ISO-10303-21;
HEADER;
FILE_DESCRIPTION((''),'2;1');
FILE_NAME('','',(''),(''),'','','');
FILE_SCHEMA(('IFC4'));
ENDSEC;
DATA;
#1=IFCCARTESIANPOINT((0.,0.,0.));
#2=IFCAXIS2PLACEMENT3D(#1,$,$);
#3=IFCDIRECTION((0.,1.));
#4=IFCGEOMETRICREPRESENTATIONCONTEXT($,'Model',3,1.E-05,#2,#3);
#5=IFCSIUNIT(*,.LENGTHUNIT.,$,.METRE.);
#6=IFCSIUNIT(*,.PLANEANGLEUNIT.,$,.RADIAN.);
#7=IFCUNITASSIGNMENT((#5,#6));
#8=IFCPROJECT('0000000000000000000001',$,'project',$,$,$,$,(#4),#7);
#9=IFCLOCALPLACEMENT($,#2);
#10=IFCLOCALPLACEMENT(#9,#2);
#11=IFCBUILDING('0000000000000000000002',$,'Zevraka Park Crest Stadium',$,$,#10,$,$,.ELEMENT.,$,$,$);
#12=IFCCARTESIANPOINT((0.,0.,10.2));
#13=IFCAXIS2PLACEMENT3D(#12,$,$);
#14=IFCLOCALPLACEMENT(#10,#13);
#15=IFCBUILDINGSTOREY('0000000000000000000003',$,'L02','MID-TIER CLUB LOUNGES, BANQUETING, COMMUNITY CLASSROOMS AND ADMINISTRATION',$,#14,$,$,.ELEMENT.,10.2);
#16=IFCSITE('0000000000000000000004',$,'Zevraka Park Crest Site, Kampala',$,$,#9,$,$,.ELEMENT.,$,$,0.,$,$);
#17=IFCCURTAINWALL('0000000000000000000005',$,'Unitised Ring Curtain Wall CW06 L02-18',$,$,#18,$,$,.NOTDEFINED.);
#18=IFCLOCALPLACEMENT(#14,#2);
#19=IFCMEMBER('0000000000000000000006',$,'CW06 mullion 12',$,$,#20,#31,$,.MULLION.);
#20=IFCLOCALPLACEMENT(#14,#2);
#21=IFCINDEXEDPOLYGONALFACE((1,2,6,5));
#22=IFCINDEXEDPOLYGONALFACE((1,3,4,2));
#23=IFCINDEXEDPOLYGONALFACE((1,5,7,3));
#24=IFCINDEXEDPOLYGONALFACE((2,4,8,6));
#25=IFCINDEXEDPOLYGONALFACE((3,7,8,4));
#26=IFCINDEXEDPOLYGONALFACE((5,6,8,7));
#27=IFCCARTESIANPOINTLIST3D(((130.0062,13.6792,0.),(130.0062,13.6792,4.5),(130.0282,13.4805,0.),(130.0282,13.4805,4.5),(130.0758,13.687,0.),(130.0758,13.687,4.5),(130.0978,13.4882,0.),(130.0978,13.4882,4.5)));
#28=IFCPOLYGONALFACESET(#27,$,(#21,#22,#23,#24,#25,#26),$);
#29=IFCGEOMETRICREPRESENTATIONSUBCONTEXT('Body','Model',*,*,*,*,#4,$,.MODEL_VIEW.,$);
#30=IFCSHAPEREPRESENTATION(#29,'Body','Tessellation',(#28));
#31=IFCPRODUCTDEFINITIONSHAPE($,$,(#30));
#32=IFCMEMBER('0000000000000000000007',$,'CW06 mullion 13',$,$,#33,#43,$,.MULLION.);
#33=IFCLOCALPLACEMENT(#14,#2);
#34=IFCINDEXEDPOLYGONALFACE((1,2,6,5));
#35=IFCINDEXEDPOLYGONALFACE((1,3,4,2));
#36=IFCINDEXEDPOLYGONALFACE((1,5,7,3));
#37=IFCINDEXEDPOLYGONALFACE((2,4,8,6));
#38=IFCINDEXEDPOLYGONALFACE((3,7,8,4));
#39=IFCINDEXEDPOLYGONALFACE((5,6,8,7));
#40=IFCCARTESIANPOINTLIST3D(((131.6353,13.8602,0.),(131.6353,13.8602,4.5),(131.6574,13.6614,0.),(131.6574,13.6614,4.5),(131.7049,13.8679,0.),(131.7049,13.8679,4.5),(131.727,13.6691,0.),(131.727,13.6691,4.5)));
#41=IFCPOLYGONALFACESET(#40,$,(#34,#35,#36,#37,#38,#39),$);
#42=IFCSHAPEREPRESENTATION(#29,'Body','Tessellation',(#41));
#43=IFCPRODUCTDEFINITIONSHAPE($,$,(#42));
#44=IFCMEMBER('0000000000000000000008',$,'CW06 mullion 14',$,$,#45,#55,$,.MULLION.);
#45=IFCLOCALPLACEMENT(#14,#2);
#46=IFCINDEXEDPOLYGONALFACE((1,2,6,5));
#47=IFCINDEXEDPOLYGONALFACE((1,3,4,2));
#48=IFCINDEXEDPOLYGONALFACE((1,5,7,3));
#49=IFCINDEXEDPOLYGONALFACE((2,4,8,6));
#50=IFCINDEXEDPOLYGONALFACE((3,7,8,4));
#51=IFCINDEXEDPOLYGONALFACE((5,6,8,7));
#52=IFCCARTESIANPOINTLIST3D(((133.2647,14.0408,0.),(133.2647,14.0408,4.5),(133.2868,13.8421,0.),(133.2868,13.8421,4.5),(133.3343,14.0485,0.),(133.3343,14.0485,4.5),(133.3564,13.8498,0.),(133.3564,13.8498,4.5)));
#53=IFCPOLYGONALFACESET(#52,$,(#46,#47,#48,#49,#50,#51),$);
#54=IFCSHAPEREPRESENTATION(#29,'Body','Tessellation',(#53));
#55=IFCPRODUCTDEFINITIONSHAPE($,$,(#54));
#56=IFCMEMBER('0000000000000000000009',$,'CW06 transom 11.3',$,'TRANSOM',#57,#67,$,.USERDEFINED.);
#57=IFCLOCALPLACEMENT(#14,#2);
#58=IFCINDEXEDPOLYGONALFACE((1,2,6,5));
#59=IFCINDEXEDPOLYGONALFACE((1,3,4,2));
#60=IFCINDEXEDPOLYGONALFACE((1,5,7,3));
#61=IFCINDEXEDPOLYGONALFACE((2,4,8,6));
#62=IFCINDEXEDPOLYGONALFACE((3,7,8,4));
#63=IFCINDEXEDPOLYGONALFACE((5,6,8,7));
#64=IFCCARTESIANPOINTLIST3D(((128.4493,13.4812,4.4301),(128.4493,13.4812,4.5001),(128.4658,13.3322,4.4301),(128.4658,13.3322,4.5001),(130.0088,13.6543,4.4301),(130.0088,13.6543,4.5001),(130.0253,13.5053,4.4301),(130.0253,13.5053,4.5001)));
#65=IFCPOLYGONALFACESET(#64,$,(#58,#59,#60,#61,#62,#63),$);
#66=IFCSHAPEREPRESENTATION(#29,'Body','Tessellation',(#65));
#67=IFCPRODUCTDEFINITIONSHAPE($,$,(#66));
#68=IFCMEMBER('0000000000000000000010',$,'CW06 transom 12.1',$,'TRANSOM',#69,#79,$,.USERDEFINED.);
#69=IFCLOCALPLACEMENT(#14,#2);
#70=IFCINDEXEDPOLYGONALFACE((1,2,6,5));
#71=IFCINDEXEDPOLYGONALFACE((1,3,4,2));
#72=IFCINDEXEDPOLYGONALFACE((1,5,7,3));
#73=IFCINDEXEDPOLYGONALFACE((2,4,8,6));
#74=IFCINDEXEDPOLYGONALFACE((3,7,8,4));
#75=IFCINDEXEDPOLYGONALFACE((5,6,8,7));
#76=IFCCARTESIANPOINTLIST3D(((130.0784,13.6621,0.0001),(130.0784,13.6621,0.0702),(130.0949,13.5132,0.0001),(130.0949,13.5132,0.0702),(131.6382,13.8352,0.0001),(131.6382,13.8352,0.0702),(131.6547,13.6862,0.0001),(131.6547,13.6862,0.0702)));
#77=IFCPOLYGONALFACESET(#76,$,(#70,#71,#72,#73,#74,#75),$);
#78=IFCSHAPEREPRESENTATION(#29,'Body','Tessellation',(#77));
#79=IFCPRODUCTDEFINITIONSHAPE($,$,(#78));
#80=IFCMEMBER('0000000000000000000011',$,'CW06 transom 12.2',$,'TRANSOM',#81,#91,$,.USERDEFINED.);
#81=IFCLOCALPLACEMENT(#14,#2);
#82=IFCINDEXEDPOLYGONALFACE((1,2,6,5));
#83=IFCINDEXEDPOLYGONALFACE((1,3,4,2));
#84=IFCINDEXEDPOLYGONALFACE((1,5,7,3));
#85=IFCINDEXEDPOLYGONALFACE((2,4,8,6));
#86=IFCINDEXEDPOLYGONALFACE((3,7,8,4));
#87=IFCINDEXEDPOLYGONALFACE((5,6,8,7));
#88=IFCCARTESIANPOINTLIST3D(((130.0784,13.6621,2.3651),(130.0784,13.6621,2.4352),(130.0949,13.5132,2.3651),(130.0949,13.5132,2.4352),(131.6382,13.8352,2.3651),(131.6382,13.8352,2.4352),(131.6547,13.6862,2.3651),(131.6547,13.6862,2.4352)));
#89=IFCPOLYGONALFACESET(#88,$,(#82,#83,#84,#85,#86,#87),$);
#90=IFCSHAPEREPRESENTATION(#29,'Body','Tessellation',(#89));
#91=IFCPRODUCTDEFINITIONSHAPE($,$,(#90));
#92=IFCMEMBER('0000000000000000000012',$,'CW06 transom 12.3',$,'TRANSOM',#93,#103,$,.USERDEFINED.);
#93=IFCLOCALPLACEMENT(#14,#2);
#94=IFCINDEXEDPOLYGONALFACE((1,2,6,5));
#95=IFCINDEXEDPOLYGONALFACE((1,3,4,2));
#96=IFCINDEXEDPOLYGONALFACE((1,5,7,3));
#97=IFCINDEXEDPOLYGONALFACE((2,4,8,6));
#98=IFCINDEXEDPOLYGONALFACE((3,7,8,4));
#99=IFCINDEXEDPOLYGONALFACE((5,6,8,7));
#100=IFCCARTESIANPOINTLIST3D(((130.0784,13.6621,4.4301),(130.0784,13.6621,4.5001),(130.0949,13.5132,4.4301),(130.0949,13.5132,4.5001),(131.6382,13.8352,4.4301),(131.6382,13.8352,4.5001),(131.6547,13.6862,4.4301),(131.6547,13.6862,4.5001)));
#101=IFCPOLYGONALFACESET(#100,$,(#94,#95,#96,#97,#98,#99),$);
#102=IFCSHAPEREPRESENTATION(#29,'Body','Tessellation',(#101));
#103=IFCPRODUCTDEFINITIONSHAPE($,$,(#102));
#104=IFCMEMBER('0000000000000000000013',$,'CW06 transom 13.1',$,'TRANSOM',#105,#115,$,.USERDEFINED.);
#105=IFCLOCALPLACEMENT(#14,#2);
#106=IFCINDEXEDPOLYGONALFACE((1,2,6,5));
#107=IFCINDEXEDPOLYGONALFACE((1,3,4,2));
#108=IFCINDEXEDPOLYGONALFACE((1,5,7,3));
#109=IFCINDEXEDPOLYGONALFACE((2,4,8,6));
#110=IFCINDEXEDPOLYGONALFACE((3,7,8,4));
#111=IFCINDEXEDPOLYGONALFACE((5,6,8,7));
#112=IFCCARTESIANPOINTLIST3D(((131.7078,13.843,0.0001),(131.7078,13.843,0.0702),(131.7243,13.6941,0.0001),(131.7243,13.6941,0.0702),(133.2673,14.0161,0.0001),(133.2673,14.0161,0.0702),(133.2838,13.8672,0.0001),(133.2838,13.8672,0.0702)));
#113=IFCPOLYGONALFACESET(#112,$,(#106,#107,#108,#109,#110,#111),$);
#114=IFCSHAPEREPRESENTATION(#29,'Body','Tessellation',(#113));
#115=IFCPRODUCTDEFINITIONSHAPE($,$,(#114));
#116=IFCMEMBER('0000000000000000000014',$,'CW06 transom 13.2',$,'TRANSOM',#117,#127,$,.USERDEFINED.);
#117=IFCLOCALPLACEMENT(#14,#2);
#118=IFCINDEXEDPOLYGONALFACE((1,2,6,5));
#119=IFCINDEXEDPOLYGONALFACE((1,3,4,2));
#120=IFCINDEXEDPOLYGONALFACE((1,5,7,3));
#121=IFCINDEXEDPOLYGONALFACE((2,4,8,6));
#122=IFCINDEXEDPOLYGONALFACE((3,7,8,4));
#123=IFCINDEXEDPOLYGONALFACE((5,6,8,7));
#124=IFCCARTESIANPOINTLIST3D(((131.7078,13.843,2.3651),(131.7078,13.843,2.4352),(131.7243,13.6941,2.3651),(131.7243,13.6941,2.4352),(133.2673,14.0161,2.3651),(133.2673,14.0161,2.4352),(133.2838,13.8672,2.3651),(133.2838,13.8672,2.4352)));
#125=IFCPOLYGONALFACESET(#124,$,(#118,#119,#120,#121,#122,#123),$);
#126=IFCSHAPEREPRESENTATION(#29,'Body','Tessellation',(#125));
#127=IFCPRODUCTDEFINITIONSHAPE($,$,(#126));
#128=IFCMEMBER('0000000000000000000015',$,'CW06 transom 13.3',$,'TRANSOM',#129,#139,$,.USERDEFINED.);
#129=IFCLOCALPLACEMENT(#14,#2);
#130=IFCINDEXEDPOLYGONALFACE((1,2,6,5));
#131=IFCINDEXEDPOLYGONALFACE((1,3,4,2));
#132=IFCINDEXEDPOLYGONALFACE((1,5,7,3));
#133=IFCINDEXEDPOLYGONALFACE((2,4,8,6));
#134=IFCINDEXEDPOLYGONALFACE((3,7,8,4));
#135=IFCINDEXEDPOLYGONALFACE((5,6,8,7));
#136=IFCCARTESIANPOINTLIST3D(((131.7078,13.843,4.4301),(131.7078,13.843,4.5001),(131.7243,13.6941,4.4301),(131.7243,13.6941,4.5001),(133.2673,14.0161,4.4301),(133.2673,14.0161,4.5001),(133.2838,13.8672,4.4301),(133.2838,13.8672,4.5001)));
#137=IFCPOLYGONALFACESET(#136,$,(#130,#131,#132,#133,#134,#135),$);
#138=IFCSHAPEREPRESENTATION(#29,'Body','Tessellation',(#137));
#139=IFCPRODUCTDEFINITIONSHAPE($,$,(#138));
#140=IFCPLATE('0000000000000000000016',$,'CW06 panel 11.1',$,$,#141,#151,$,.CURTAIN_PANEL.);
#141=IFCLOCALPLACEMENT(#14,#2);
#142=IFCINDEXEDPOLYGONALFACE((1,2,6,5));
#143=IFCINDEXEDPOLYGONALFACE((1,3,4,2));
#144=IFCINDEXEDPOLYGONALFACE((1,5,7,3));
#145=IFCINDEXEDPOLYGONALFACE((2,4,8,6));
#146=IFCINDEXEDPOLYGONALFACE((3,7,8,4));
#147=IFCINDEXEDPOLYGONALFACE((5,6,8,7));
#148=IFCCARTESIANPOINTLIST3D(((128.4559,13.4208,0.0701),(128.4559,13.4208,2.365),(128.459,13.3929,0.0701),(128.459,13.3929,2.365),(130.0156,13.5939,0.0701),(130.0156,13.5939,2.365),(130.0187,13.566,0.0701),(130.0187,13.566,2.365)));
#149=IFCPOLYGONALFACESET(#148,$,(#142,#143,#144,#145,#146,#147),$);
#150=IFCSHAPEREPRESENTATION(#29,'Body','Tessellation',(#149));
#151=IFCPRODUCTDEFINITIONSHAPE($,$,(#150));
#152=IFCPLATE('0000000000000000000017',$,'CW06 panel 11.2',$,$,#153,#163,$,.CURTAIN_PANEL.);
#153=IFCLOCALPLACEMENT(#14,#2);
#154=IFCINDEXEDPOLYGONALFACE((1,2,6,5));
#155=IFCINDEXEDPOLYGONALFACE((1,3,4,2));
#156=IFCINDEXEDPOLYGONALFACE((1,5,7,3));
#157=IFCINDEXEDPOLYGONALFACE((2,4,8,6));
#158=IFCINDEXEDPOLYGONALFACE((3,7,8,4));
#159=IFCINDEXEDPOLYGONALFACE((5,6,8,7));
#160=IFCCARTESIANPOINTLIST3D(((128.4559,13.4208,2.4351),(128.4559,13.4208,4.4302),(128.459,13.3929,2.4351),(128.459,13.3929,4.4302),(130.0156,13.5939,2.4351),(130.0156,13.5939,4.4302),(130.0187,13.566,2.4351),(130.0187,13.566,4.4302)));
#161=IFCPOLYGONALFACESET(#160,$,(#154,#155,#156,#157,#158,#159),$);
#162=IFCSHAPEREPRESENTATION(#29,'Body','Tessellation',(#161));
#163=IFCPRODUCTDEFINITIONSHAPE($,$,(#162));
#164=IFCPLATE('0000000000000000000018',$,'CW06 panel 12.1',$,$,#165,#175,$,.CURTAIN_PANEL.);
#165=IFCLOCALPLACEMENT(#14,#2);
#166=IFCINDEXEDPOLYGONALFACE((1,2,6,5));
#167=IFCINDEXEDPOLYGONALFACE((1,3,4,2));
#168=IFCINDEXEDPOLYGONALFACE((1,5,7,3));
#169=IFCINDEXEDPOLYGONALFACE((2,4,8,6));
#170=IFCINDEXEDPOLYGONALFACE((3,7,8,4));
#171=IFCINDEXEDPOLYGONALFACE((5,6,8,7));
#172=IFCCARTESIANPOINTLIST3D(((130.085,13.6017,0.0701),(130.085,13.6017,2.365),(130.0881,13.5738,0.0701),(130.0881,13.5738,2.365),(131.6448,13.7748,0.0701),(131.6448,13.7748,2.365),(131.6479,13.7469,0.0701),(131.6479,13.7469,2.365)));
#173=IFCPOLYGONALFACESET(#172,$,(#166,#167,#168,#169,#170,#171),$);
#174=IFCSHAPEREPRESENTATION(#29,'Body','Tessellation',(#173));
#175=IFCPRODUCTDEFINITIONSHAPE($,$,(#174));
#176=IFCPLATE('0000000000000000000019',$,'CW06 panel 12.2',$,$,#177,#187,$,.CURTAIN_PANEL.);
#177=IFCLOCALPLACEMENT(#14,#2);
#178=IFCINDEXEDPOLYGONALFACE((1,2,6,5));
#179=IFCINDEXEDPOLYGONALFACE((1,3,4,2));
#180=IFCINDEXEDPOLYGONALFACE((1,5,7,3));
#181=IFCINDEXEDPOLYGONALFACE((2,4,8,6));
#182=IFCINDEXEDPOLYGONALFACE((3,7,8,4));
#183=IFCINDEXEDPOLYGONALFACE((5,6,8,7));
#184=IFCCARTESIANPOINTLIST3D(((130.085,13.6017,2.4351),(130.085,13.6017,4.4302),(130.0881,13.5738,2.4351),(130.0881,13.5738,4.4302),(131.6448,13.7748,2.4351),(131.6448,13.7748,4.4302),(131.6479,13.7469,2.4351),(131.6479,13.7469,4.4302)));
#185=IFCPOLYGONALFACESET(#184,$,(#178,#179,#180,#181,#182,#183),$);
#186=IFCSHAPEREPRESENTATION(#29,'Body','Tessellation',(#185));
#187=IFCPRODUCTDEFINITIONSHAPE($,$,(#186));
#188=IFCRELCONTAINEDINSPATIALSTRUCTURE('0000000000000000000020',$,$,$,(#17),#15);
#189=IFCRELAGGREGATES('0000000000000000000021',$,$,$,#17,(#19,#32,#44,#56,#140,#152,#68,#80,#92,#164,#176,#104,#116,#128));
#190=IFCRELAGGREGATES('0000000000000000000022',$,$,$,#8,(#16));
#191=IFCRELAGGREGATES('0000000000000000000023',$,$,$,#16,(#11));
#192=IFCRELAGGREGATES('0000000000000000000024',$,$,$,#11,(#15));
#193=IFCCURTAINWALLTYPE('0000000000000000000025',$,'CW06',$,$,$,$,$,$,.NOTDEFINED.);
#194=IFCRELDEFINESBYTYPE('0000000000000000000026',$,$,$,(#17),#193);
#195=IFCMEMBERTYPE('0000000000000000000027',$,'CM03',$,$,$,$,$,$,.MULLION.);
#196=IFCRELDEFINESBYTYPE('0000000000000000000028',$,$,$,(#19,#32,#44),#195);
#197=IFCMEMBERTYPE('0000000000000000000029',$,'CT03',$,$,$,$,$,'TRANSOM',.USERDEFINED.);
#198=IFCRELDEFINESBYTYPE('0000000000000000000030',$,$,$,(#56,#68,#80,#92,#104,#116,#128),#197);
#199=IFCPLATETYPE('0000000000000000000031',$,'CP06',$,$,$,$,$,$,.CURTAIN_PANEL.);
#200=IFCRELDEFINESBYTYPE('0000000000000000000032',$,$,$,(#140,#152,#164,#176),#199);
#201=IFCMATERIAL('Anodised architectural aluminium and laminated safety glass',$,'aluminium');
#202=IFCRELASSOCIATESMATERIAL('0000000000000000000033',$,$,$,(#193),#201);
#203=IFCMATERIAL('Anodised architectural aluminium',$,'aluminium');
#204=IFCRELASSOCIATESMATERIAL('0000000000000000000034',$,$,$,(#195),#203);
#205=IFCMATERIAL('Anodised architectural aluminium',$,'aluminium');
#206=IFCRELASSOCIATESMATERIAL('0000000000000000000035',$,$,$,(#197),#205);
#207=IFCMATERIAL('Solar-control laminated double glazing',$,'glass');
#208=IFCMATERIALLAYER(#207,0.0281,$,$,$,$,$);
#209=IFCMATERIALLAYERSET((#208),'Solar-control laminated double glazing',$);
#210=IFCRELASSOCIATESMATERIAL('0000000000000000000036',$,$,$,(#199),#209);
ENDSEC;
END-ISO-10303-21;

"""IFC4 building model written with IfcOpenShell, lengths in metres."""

from ifc_helpers import new_model, si_unit, direction, frame, origin, origin_2d, place, context, subcontext, project, spatial, rectangle, extrude, material, layer, layer_set, material_profile, profile_set, type_object, element, aggregate, save


model = new_model("IFC4")

# Units and contexts
model_context = context("Model", 3, precision=1e-05, world=origin(), true_north=direction((0.0, 1.0)))
body_context = subcontext(model_context, "Body", "Model", "MODEL_VIEW")
ifc_project = project(units=[si_unit("LENGTHUNIT", "METRE"), si_unit("PLANEANGLEUNIT", "RADIAN")], contexts=[model_context])

# Site, building, storey
site_placement = place(None, origin())
site = spatial("IfcSite", under=ifc_project, at=site_placement, Name="Zevraka Park Crest Site, Kampala", CompositionType="ELEMENT", RefElevation=0.0)
building_placement = place(site_placement, origin())
building = spatial("IfcBuilding", under=site, at=building_placement, Name="Zevraka Park Crest Stadium", CompositionType="ELEMENT")
storey_placement = place(building_placement, frame((0.0, 0.0, 10.2)))
storey = spatial("IfcBuildingStorey", under=building, at=storey_placement, Name="L02", Description="MID-TIER CLUB LOUNGES, BANQUETING, COMMUNITY CLASSROOMS AND ADMINISTRATION", CompositionType="ELEMENT", Elevation=10.2)

# Curtain wall, members, plates
ifc_material_1 = material(Name="Anodised architectural aluminium and laminated safety glass", Category="aluminium")
curtain_wall_type = type_object("IfcCurtainWallType", Name="CW06", PredefinedType="NOTDEFINED", material=ifc_material_1)
curtain_wall_placement = place(storey_placement, origin())
curtain_wall = element("IfcCurtainWall", 1, at=curtain_wall_placement, inside=storey, type_object=curtain_wall_type, Name="Unitised Ring Curtain Wall CW06 L02-18", PredefinedType="NOTDEFINED")
ifc_material_2 = material(Name="Anodised architectural aluminium", Category="aluminium")
ifc_material_profile_1 = material_profile(ifc_material_2, rectangle(XDim=0.2, YDim=0.0701, at=origin_2d()), Name="ALU MULLION 200x70")
ifc_profile_set_1 = profile_set([ifc_material_profile_1], Name="Anodised architectural aluminium")
member_type_1 = type_object("IfcMemberType", Name="CM03", PredefinedType="MULLION", material=ifc_profile_set_1)
member_1_placement = place(storey_placement, frame((130.052, 13.5837, 0.0), z_axis=(0.0, 0.0, 1.0), x_axis=(-0.110293, 0.993899, 0.0)))
member_1 = element("IfcMember", 2, at=member_1_placement, type_object=member_type_1, Name="CW06 mullion 12", PredefinedType="MULLION", context=body_context, shape_type="SweptSolid", body=[
    extrude(rectangle(XDim=0.2, YDim=0.0701, at=origin_2d()), origin(), (0.0, 0.0, 1.0), 4.5),
])
member_2_placement = place(storey_placement, frame((131.6812, 13.7646, 0.0), z_axis=(0.0, 0.0, 1.0), x_axis=(-0.110293, 0.993899, 0.0)))
member_2 = element("IfcMember", 3, at=member_2_placement, type_object=member_type_1, Name="CW06 mullion 13", PredefinedType="MULLION", context=body_context, shape_type="SweptSolid", body=[
    extrude(rectangle(XDim=0.2, YDim=0.0701, at=origin_2d()), origin(), (0.0, 0.0, 1.0), 4.5),
])
member_3_placement = place(storey_placement, frame((133.3105, 13.9453, 0.0), z_axis=(0.0, 0.0, 1.0), x_axis=(-0.110293, 0.993899, 0.0)))
member_3 = element("IfcMember", 4, at=member_3_placement, type_object=member_type_1, Name="CW06 mullion 14", PredefinedType="MULLION", context=body_context, shape_type="SweptSolid", body=[
    extrude(rectangle(XDim=0.2, YDim=0.0701, at=origin_2d()), origin(), (0.0, 0.0, 1.0), 4.5),
])
ifc_material_3 = material(Name="Anodised architectural aluminium", Category="aluminium")
ifc_material_profile_2 = material_profile(ifc_material_3, rectangle(XDim=0.1499, YDim=0.0701, at=origin_2d()), Name="ALU TRANSOM 150x70")
ifc_profile_set_2 = profile_set([ifc_material_profile_2], Name="Anodised architectural aluminium")
member_type_2 = type_object("IfcMemberType", Name="CT03", ElementType="TRANSOM", PredefinedType="USERDEFINED", material=ifc_profile_set_2)
member_4_placement = place(storey_placement, frame((128.4575, 13.4067, 4.4651), z_axis=(0.993897, 0.110312, 0.0), x_axis=(-0.110312, 0.993897, 0.0)))
member_4 = element("IfcMember", 5, at=member_4_placement, type_object=member_type_2, Name="CW06 transom 11.3", ObjectType="TRANSOM", PredefinedType="USERDEFINED", context=body_context, shape_type="SweptSolid", body=[
    extrude(rectangle(XDim=0.1499, YDim=0.0701, at=origin_2d()), origin(), (0.0, 0.0, 1.0), 1.5691),
])
member_5_placement = place(storey_placement, frame((130.0867, 13.5876, 0.0352), z_axis=(0.993899, 0.110295, 0.0), x_axis=(-0.110295, 0.993899, 0.0)))
member_5 = element("IfcMember", 6, at=member_5_placement, type_object=member_type_2, Name="CW06 transom 12.1", ObjectType="TRANSOM", PredefinedType="USERDEFINED", context=body_context, shape_type="SweptSolid", body=[
    extrude(rectangle(XDim=0.1499, YDim=0.0701, at=origin_2d()), origin(), (0.0, 0.0, 1.0), 1.5693),
])
member_6_placement = place(storey_placement, frame((130.0867, 13.5876, 2.4001), z_axis=(0.993899, 0.110295, 0.0), x_axis=(-0.110295, 0.993899, 0.0)))
member_6 = element("IfcMember", 7, at=member_6_placement, type_object=member_type_2, Name="CW06 transom 12.2", ObjectType="TRANSOM", PredefinedType="USERDEFINED", context=body_context, shape_type="SweptSolid", body=[
    extrude(rectangle(XDim=0.1499, YDim=0.0701, at=origin_2d()), origin(), (0.0, 0.0, 1.0), 1.5693),
])
member_7_placement = place(storey_placement, frame((130.0867, 13.5876, 4.4651), z_axis=(0.993899, 0.110295, 0.0), x_axis=(-0.110295, 0.993899, 0.0)))
member_7 = element("IfcMember", 8, at=member_7_placement, type_object=member_type_2, Name="CW06 transom 12.3", ObjectType="TRANSOM", PredefinedType="USERDEFINED", context=body_context, shape_type="SweptSolid", body=[
    extrude(rectangle(XDim=0.1499, YDim=0.0701, at=origin_2d()), origin(), (0.0, 0.0, 1.0), 1.5693),
])
member_8_placement = place(storey_placement, frame((131.7161, 13.7686, 0.0352), z_axis=(0.993897, 0.110312, 0.0), x_axis=(-0.110312, 0.993897, 0.0)))
member_8 = element("IfcMember", 9, at=member_8_placement, type_object=member_type_2, Name="CW06 transom 13.1", ObjectType="TRANSOM", PredefinedType="USERDEFINED", context=body_context, shape_type="SweptSolid", body=[
    extrude(rectangle(XDim=0.1499, YDim=0.0701, at=origin_2d()), origin(), (0.0, 0.0, 1.0), 1.5691),
])
member_9_placement = place(storey_placement, frame((131.7161, 13.7686, 2.4001), z_axis=(0.993897, 0.110312, 0.0), x_axis=(-0.110312, 0.993897, 0.0)))
member_9 = element("IfcMember", 10, at=member_9_placement, type_object=member_type_2, Name="CW06 transom 13.2", ObjectType="TRANSOM", PredefinedType="USERDEFINED", context=body_context, shape_type="SweptSolid", body=[
    extrude(rectangle(XDim=0.1499, YDim=0.0701, at=origin_2d()), origin(), (0.0, 0.0, 1.0), 1.5691),
])
member_10_placement = place(storey_placement, frame((131.7161, 13.7686, 4.4651), z_axis=(0.993897, 0.110312, 0.0), x_axis=(-0.110312, 0.993897, 0.0)))
member_10 = element("IfcMember", 11, at=member_10_placement, type_object=member_type_2, Name="CW06 transom 13.3", ObjectType="TRANSOM", PredefinedType="USERDEFINED", context=body_context, shape_type="SweptSolid", body=[
    extrude(rectangle(XDim=0.1499, YDim=0.0701, at=origin_2d()), origin(), (0.0, 0.0, 1.0), 1.5691),
])
ifc_material_4 = material(Name="Solar-control laminated double glazing", Category="glass")
ifc_layer_1 = layer(ifc_material_4, 0.0281)
ifc_layer_set_1 = layer_set([ifc_layer_1], Name="Solar-control laminated double glazing")
plate_type = type_object("IfcPlateType", Name="CP06", PredefinedType="CURTAIN_PANEL", material=ifc_layer_set_1)
plate_1_placement = place(storey_placement, frame((129.2373, 13.4934, 0.0701), z_axis=(0.0, 0.0, 1.0), x_axis=(0.993899, 0.110293, 0.0)))
plate_1 = element("IfcPlate", 12, at=plate_1_placement, type_object=plate_type, Name="CW06 panel 11.1", PredefinedType="CURTAIN_PANEL", context=body_context, shape_type="SweptSolid", body=[
    extrude(rectangle(XDim=1.5693, YDim=0.0281, at=origin_2d()), origin(), (0.0, 0.0, 1.0), 2.2949),
])
plate_2_placement = place(storey_placement, frame((129.2373, 13.4934, 2.4351), z_axis=(0.0, 0.0, 1.0), x_axis=(0.993899, 0.110293, 0.0)))
plate_2 = element("IfcPlate", 13, at=plate_2_placement, type_object=plate_type, Name="CW06 panel 11.2", PredefinedType="CURTAIN_PANEL", context=body_context, shape_type="SweptSolid", body=[
    extrude(rectangle(XDim=1.5693, YDim=0.0281, at=origin_2d()), origin(), (0.0, 0.0, 1.0), 1.9951),
])
plate_3_placement = place(storey_placement, frame((130.8665, 13.6743, 0.0701), z_axis=(0.0, 0.0, 1.0), x_axis=(0.993899, 0.110293, 0.0)))
plate_3 = element("IfcPlate", 14, at=plate_3_placement, type_object=plate_type, Name="CW06 panel 12.1", PredefinedType="CURTAIN_PANEL", context=body_context, shape_type="SweptSolid", body=[
    extrude(rectangle(XDim=1.5693, YDim=0.0281, at=origin_2d()), origin(), (0.0, 0.0, 1.0), 2.2949),
])
plate_4_placement = place(storey_placement, frame((130.8665, 13.6743, 2.4351), z_axis=(0.0, 0.0, 1.0), x_axis=(0.993899, 0.110293, 0.0)))
plate_4 = element("IfcPlate", 15, at=plate_4_placement, type_object=plate_type, Name="CW06 panel 12.2", PredefinedType="CURTAIN_PANEL", context=body_context, shape_type="SweptSolid", body=[
    extrude(rectangle(XDim=1.5693, YDim=0.0281, at=origin_2d()), origin(), (0.0, 0.0, 1.0), 1.9951),
])
aggregate(curtain_wall, [member_1, member_2, member_3, member_4, plate_1, plate_2, member_5, member_6, member_7, plate_3, plate_4, member_8, member_9, member_10])

save(model, "model.ifc")
